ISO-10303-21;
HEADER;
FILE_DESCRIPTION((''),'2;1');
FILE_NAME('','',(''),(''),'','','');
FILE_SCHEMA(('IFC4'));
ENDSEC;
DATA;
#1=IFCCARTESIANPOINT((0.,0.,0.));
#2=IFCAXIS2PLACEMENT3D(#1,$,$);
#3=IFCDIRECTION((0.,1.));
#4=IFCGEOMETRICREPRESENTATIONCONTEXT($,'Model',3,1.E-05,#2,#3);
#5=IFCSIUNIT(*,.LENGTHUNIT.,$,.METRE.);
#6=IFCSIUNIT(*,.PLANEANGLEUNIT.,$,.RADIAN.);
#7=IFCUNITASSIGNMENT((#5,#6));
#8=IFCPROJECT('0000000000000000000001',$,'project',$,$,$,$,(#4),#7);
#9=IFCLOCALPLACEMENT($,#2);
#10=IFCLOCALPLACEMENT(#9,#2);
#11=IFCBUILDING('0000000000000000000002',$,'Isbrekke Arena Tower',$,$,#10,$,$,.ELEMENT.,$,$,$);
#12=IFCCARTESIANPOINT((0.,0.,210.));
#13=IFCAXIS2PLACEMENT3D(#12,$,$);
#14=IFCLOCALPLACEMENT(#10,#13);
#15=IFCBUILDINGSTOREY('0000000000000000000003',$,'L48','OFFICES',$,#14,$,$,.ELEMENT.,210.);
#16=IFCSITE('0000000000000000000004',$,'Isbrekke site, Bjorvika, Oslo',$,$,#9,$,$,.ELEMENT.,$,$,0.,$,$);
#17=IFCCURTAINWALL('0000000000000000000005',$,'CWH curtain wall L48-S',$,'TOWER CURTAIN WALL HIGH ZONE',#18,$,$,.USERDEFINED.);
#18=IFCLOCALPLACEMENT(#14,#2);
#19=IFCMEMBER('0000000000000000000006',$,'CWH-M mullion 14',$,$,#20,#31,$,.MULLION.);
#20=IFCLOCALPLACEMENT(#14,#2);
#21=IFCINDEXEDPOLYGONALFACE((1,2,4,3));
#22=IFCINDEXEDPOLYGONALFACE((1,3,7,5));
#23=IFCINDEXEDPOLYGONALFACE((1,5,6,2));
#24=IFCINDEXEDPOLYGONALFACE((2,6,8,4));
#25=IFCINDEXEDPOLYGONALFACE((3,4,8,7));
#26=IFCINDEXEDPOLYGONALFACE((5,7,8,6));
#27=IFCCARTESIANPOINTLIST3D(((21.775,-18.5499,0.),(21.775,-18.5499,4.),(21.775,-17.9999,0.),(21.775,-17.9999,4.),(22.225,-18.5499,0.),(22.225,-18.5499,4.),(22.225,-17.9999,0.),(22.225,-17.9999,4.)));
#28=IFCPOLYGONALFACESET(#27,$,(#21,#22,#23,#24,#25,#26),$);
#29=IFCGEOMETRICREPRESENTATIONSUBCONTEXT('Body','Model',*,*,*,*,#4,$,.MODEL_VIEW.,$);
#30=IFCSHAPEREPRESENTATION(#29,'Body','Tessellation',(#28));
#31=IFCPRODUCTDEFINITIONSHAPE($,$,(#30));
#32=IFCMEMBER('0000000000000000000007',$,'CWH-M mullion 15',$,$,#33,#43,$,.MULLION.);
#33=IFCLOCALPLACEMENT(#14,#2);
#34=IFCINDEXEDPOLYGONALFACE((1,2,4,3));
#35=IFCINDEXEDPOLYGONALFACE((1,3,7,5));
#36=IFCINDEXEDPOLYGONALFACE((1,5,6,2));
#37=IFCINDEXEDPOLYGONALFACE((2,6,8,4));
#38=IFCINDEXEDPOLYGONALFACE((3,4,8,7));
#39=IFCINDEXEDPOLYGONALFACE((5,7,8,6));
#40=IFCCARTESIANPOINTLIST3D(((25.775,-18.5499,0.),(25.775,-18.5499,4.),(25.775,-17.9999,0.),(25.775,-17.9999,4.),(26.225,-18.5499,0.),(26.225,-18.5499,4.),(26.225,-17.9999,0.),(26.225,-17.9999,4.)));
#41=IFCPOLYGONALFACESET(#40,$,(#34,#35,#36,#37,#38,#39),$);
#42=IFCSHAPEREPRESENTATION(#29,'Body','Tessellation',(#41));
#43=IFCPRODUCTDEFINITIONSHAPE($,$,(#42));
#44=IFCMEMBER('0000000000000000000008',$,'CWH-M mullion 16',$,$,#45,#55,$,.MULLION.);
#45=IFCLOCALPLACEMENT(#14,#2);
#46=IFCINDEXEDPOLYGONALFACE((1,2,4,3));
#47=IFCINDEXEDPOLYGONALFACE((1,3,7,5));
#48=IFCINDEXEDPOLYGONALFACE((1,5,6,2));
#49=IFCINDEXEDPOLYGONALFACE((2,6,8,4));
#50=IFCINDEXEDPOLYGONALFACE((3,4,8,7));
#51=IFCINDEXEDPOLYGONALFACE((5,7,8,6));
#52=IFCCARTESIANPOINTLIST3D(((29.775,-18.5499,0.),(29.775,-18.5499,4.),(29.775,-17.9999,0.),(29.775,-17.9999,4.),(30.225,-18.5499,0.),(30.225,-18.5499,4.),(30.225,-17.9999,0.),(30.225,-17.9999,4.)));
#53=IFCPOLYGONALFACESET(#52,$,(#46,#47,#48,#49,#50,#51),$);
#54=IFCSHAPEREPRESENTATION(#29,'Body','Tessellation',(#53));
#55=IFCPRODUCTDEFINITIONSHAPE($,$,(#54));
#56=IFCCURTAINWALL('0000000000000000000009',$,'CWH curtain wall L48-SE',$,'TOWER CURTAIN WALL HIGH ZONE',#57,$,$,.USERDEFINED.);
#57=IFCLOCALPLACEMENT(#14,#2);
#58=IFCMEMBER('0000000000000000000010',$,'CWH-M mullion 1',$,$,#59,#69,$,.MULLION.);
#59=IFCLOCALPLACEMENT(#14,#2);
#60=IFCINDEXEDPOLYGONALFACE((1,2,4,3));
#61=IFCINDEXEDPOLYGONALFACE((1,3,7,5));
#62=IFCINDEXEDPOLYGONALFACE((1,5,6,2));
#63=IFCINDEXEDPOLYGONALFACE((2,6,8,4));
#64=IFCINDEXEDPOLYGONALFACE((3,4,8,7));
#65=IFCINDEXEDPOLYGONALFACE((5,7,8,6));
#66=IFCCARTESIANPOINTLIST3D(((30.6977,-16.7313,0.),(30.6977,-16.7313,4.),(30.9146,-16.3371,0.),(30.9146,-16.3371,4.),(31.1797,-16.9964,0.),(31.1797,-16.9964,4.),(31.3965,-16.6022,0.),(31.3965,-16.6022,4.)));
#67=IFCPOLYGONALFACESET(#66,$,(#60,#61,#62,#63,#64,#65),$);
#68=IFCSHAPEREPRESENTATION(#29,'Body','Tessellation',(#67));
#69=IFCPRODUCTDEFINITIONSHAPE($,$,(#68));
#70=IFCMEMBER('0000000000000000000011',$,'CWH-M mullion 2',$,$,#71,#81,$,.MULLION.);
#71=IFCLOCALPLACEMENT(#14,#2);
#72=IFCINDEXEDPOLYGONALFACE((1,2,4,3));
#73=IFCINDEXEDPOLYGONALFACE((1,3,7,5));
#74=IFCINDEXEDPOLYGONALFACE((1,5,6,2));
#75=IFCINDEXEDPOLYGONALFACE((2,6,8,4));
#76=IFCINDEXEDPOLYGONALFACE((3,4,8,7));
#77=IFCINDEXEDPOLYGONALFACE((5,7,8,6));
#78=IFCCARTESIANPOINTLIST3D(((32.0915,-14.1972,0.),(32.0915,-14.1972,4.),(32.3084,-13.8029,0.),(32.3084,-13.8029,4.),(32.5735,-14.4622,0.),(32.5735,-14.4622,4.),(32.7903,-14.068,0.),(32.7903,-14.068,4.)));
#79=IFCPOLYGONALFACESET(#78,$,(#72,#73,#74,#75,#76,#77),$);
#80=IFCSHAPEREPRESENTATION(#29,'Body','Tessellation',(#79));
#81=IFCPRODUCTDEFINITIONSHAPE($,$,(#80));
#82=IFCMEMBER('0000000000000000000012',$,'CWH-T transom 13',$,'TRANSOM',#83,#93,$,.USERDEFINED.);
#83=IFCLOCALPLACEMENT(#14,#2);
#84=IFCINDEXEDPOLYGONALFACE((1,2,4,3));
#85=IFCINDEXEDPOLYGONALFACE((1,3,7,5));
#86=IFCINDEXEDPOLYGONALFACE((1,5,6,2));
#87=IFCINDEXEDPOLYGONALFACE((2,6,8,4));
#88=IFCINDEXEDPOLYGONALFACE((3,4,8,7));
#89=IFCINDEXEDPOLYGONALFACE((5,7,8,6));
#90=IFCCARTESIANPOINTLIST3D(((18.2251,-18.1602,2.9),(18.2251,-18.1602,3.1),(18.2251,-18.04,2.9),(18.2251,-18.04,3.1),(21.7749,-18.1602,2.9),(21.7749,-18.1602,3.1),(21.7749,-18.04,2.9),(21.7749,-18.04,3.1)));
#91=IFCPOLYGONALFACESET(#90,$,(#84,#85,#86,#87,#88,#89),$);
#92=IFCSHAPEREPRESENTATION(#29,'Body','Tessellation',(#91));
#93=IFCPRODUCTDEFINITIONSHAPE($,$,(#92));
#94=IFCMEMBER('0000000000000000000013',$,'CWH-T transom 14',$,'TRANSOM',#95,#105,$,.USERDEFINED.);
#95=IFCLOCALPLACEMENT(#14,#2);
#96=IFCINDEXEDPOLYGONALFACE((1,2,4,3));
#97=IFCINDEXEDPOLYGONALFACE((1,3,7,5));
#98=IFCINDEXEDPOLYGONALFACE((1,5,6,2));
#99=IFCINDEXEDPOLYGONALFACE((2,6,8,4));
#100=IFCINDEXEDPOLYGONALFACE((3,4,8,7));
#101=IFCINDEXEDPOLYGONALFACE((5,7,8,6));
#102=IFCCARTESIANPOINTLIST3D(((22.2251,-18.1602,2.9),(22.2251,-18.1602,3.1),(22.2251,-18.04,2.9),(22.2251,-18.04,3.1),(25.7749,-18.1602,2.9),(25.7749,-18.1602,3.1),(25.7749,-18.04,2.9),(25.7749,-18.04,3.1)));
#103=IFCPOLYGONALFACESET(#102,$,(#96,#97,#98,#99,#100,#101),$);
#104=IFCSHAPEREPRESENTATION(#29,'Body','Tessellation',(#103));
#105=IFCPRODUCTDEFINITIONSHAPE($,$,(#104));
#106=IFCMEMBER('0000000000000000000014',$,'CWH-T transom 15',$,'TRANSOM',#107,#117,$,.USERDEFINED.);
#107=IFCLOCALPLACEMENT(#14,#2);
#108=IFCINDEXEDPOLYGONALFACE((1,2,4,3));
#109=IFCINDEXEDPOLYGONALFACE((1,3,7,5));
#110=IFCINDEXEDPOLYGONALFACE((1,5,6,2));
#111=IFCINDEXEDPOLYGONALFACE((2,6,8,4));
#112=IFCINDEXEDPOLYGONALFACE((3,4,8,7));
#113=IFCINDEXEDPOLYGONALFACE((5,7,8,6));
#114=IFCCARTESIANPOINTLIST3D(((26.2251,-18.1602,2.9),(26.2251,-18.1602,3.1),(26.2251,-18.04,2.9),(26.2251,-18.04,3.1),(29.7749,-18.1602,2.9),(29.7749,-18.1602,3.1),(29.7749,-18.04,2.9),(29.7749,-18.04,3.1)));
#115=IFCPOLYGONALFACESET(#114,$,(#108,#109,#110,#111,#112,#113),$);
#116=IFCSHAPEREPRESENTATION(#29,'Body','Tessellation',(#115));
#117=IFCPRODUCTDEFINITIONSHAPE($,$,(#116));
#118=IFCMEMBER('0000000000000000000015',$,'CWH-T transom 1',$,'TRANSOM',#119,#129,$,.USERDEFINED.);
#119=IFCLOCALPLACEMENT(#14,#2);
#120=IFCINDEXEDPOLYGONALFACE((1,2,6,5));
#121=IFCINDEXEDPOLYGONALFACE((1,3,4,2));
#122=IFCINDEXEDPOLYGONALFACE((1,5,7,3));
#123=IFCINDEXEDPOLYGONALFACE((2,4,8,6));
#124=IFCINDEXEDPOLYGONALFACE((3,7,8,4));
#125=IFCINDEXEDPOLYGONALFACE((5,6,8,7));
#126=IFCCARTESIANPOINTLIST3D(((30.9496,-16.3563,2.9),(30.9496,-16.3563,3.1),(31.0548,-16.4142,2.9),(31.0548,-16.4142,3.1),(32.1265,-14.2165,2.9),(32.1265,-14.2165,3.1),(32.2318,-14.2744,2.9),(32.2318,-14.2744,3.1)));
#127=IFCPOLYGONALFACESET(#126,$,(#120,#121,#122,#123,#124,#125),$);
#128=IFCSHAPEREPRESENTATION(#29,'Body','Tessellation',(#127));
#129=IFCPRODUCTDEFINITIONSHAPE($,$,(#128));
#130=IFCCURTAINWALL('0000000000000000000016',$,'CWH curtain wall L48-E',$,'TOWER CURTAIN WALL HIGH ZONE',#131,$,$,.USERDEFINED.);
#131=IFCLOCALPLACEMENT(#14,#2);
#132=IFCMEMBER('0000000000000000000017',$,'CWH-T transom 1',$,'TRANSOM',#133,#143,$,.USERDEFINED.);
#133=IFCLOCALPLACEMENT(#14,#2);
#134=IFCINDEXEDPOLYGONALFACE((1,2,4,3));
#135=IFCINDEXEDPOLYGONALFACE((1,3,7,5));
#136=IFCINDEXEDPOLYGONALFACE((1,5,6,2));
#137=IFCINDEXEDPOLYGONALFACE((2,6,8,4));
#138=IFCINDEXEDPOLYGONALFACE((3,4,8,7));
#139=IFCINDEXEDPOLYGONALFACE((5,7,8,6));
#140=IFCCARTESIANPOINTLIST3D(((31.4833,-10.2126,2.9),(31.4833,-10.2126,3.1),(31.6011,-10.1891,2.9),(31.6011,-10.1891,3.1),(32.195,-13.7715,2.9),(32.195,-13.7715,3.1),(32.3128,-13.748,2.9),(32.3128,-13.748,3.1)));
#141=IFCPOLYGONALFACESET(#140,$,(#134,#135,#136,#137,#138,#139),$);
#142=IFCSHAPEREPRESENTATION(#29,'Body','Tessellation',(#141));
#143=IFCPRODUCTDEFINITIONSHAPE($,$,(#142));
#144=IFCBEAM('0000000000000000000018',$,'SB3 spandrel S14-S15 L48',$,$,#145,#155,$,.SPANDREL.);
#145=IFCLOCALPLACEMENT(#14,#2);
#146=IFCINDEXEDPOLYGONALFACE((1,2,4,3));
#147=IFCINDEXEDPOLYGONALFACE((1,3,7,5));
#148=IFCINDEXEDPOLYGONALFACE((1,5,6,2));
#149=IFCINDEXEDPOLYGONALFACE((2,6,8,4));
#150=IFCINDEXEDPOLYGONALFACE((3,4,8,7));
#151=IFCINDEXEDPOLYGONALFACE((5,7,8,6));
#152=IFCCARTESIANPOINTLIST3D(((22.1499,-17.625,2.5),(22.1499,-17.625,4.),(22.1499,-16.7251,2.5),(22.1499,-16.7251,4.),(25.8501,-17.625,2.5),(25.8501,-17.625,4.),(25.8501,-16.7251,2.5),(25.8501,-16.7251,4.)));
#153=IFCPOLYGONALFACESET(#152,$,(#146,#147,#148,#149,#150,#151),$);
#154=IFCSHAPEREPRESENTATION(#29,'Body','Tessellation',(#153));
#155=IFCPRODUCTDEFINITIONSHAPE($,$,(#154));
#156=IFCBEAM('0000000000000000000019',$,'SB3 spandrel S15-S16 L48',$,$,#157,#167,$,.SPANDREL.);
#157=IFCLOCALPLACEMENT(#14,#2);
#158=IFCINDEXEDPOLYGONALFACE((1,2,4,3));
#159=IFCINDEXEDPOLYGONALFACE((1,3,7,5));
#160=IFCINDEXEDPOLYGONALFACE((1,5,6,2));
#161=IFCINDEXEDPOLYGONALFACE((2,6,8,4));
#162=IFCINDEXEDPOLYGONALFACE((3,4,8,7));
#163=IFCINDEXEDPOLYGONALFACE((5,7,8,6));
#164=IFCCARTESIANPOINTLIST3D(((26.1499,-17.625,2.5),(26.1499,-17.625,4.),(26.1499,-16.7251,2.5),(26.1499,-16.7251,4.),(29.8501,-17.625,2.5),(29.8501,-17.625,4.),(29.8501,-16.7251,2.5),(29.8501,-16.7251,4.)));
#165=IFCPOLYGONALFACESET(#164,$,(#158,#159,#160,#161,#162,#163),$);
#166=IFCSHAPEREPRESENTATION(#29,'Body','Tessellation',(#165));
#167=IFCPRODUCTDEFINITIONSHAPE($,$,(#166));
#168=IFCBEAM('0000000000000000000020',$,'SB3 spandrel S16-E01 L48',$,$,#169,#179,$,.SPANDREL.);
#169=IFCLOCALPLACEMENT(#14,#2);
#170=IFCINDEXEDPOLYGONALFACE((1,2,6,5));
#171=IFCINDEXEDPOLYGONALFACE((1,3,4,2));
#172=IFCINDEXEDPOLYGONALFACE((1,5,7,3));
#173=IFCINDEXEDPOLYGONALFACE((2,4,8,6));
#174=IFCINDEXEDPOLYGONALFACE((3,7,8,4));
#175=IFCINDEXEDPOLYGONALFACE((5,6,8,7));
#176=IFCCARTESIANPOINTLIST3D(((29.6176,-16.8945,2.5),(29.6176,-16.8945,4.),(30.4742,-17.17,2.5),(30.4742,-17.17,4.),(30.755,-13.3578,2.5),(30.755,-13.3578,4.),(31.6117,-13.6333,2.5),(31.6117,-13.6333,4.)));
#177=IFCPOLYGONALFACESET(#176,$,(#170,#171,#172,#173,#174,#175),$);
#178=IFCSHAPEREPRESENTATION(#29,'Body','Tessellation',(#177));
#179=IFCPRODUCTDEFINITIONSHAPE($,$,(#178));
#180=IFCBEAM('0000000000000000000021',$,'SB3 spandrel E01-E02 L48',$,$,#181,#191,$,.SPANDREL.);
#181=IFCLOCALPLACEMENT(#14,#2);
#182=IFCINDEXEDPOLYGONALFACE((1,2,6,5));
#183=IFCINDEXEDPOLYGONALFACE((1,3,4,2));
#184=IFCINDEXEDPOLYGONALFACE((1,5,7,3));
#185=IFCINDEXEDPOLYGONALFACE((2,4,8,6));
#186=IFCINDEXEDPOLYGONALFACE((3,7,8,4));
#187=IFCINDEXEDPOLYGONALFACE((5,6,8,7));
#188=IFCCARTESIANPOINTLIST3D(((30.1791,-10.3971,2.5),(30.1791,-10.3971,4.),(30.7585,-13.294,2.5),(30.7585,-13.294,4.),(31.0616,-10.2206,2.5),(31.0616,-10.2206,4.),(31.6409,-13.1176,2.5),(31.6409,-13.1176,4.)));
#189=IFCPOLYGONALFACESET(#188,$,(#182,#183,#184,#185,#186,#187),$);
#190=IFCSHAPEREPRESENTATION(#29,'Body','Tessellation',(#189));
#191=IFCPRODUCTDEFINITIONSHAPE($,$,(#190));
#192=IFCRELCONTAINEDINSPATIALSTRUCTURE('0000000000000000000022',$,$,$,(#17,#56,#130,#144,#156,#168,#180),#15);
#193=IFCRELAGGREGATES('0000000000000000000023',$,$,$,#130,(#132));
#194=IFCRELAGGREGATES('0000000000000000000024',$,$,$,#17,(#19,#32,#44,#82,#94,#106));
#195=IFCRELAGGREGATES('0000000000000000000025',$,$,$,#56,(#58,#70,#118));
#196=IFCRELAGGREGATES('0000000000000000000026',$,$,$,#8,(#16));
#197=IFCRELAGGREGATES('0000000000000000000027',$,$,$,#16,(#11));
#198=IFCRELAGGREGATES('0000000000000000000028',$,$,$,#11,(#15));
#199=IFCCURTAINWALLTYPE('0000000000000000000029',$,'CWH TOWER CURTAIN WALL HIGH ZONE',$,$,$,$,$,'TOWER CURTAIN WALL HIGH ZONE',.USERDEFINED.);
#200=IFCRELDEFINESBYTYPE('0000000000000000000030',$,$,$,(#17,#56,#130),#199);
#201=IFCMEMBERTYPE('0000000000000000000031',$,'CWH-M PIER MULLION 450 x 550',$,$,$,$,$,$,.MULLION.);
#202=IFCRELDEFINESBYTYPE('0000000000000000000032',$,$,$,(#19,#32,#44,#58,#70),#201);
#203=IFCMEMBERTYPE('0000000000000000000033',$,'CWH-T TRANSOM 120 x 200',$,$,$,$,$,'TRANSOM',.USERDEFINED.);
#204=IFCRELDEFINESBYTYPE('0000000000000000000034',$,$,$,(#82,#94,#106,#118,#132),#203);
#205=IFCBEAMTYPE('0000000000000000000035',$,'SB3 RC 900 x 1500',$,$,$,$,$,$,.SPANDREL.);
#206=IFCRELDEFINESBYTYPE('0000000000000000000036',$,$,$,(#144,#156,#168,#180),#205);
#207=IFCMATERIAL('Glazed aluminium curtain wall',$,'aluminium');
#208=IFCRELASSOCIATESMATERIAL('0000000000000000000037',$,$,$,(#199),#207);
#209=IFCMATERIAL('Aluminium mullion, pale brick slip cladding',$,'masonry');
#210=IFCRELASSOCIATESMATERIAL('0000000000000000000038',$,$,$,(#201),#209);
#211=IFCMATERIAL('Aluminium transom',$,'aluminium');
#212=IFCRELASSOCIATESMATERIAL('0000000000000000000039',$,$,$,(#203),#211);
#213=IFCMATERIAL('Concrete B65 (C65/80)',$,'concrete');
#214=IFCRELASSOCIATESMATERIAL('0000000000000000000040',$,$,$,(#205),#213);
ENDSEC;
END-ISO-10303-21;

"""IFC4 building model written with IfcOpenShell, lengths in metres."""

from ifc_helpers import new_model, si_unit, direction, frame, origin, origin_2d, place, context, subcontext, project, spatial, rectangle, extrude, material, material_profile, profile_set, type_object, element, aggregate, save


model = new_model("IFC4")

# Units and contexts
model_context = context("Model", 3, precision=1e-05, world=origin(), true_north=direction((0.0, 1.0)))
body_context = subcontext(model_context, "Body", "Model", "MODEL_VIEW")
ifc_project = project(units=[si_unit("LENGTHUNIT", "METRE"), si_unit("PLANEANGLEUNIT", "RADIAN")], contexts=[model_context])

# Site, building, storey
site_placement = place(None, origin())
site = spatial("IfcSite", under=ifc_project, at=site_placement, Name="Isbrekke site, Bjorvika, Oslo", CompositionType="ELEMENT", RefElevation=0.0)
building_placement = place(site_placement, origin())
building = spatial("IfcBuilding", under=site, at=building_placement, Name="Isbrekke Arena Tower", CompositionType="ELEMENT")
storey_placement = place(building_placement, frame((0.0, 0.0, 210.0)))
storey = spatial("IfcBuildingStorey", under=building, at=storey_placement, Name="L48", Description="OFFICES", CompositionType="ELEMENT", Elevation=210.0)

# Curtain walls, members
ifc_material_1 = material(Name="Glazed aluminium curtain wall", Category="aluminium")
curtain_wall_type = type_object("IfcCurtainWallType", Name="CWH TOWER CURTAIN WALL HIGH ZONE", ElementType="TOWER CURTAIN WALL HIGH ZONE", PredefinedType="USERDEFINED", material=ifc_material_1)
curtain_wall_1_placement = place(storey_placement, origin())
curtain_wall_1 = element("IfcCurtainWall", 1, at=curtain_wall_1_placement, inside=storey, type_object=curtain_wall_type, Name="CWH curtain wall L48-S", ObjectType="TOWER CURTAIN WALL HIGH ZONE", PredefinedType="USERDEFINED")
ifc_material_2 = material(Name="Aluminium mullion, pale brick slip cladding", Category="masonry")
ifc_material_profile_1 = material_profile(ifc_material_2, rectangle(XDim=0.45, YDim=0.55, at=origin_2d()), Name="PIER 450X550")
ifc_profile_set_1 = profile_set([ifc_material_profile_1], Name="Aluminium mullion, pale brick slip cladding")
member_type_1 = type_object("IfcMemberType", Name="CWH-M PIER MULLION 450 x 550", PredefinedType="MULLION", material=ifc_profile_set_1)
member_1_placement = place(storey_placement, frame((22.0, -18.2749, 0.0), z_axis=(0.0, 0.0, 1.0), x_axis=(1.0, 0.0, 0.0)))
member_1 = element("IfcMember", 2, at=member_1_placement, type_object=member_type_1, Name="CWH-M mullion 14", PredefinedType="MULLION", context=body_context, shape_type="SweptSolid", body=[
    extrude(rectangle(XDim=0.45, YDim=0.55, at=origin_2d()), origin(), (0.0, 0.0, 1.0), 4.0),
])
member_2_placement = place(storey_placement, frame((26.0, -18.2749, 0.0), z_axis=(0.0, 0.0, 1.0), x_axis=(1.0, 0.0, 0.0)))
member_2 = element("IfcMember", 3, at=member_2_placement, type_object=member_type_1, Name="CWH-M mullion 15", PredefinedType="MULLION", context=body_context, shape_type="SweptSolid", body=[
    extrude(rectangle(XDim=0.45, YDim=0.55, at=origin_2d()), origin(), (0.0, 0.0, 1.0), 4.0),
])
member_3_placement = place(storey_placement, frame((30.0, -18.2749, 0.0), z_axis=(0.0, 0.0, 1.0), x_axis=(1.0, 0.0, 0.0)))
member_3 = element("IfcMember", 4, at=member_3_placement, type_object=member_type_1, Name="CWH-M mullion 16", PredefinedType="MULLION", context=body_context, shape_type="SweptSolid", body=[
    extrude(rectangle(XDim=0.45, YDim=0.55, at=origin_2d()), origin(), (0.0, 0.0, 1.0), 4.0),
])
curtain_wall_2_placement = place(storey_placement, origin())
curtain_wall_2 = element("IfcCurtainWall", 5, at=curtain_wall_2_placement, inside=storey, type_object=curtain_wall_type, Name="CWH curtain wall L48-SE", ObjectType="TOWER CURTAIN WALL HIGH ZONE", PredefinedType="USERDEFINED")
member_4_placement = place(storey_placement, frame((31.0471, -16.6667, 0.0), z_axis=(0.0, 0.0, 1.0), x_axis=(0.481919, 0.876216, 0.0)))
member_4 = element("IfcMember", 6, at=member_4_placement, type_object=member_type_1, Name="CWH-M mullion 1", PredefinedType="MULLION", context=body_context, shape_type="SweptSolid", body=[
    extrude(rectangle(XDim=0.45, YDim=0.55, at=origin_2d()), origin(), (0.0, 0.0, 1.0), 4.0),
])
member_5_placement = place(storey_placement, frame((32.4409, -14.1326, 0.0), z_axis=(0.0, 0.0, 1.0), x_axis=(0.481919, 0.876216, 0.0)))
member_5 = element("IfcMember", 7, at=member_5_placement, type_object=member_type_1, Name="CWH-M mullion 2", PredefinedType="MULLION", context=body_context, shape_type="SweptSolid", body=[
    extrude(rectangle(XDim=0.45, YDim=0.55, at=origin_2d()), origin(), (0.0, 0.0, 1.0), 4.0),
])

# Members
ifc_material_3 = material(Name="Aluminium transom", Category="aluminium")
ifc_material_profile_2 = material_profile(ifc_material_3, rectangle(XDim=0.1201, YDim=0.2, at=origin_2d()), Name="TRANSOM 120X200")
ifc_profile_set_2 = profile_set([ifc_material_profile_2], Name="Aluminium transom")
member_type_2 = type_object("IfcMemberType", Name="CWH-T TRANSOM 120 x 200", ElementType="TRANSOM", PredefinedType="USERDEFINED", material=ifc_profile_set_2)
member_6_placement = place(storey_placement, frame((18.2251, -18.1001, 3.0), z_axis=(1.0, 0.0, 0.0), x_axis=(0.0, 1.0, 0.0)))
member_6 = element("IfcMember", 8, at=member_6_placement, type_object=member_type_2, Name="CWH-T transom 13", ObjectType="TRANSOM", PredefinedType="USERDEFINED", context=body_context, shape_type="SweptSolid", body=[
    extrude(rectangle(XDim=0.1201, YDim=0.2, at=origin_2d()), origin(), (0.0, 0.0, 1.0), 3.5498),
])
member_7_placement = place(storey_placement, frame((22.2251, -18.1001, 3.0), z_axis=(1.0, 0.0, 0.0), x_axis=(0.0, 1.0, 0.0)))
member_7 = element("IfcMember", 9, at=member_7_placement, type_object=member_type_2, Name="CWH-T transom 14", ObjectType="TRANSOM", PredefinedType="USERDEFINED", context=body_context, shape_type="SweptSolid", body=[
    extrude(rectangle(XDim=0.1201, YDim=0.2, at=origin_2d()), origin(), (0.0, 0.0, 1.0), 3.5498),
])
member_8_placement = place(storey_placement, frame((26.2251, -18.1001, 3.0), z_axis=(1.0, 0.0, 0.0), x_axis=(0.0, 1.0, 0.0)))
member_8 = element("IfcMember", 10, at=member_8_placement, type_object=member_type_2, Name="CWH-T transom 15", ObjectType="TRANSOM", PredefinedType="USERDEFINED", context=body_context, shape_type="SweptSolid", body=[
    extrude(rectangle(XDim=0.1201, YDim=0.2, at=origin_2d()), origin(), (0.0, 0.0, 1.0), 3.5498),
])
member_9_placement = place(storey_placement, frame((31.0022, -16.3853, 3.0), z_axis=(0.481938, 0.876205, 0.0), x_axis=(-0.876205, 0.481938, 0.0)))
member_9 = element("IfcMember", 11, at=member_9_placement, type_object=member_type_2, Name="CWH-T transom 1", ObjectType="TRANSOM", PredefinedType="USERDEFINED", context=body_context, shape_type="SweptSolid", body=[
    extrude(rectangle(XDim=0.1201, YDim=0.2, at=origin_2d()), origin(), (0.0, 0.0, 1.0), 2.4421),
])

# Curtain wall, member
curtain_wall_3_placement = place(storey_placement, origin())
curtain_wall_3 = element("IfcCurtainWall", 12, at=curtain_wall_3_placement, inside=storey, type_object=curtain_wall_type, Name="CWH curtain wall L48-E", ObjectType="TOWER CURTAIN WALL HIGH ZONE", PredefinedType="USERDEFINED")
member_10_placement = place(storey_placement, frame((32.2539, -13.7598, 3.0), z_axis=(-0.19609, 0.980586, 0.0), x_axis=(-0.980586, -0.19609, 0.0)))
member_10 = element("IfcMember", 13, at=member_10_placement, type_object=member_type_2, Name="CWH-T transom 1", ObjectType="TRANSOM", PredefinedType="USERDEFINED", context=body_context, shape_type="SweptSolid", body=[
    extrude(rectangle(XDim=0.1201, YDim=0.2, at=origin_2d()), origin(), (0.0, 0.0, 1.0), 3.6294),
])
aggregate(curtain_wall_3, [member_10])

# Beams
ifc_material_4 = material(Name="Concrete B65 (C65/80)", Category="concrete")
ifc_material_profile_3 = material_profile(ifc_material_4, rectangle(XDim=0.8999, YDim=1.5, at=origin_2d()), Name="RC 900x1500")
ifc_profile_set_3 = profile_set([ifc_material_profile_3], Name="Concrete B65 (C65/80)")
beam_type_1 = type_object("IfcBeamType", Name="SB3 RC 900 x 1500", PredefinedType="SPANDREL", material=ifc_profile_set_3)
for number, where, z_axis, x_axis, name in (
    (14, (22.1499, -17.175, 3.25), (1.0, 0.0, 0.0), (0.0, 1.0, 0.0), "SB3 spandrel S14-S15 L48"),
    (15, (26.1499, -17.175, 3.25), (1.0, 0.0, 0.0), (0.0, 1.0, 0.0), "SB3 spandrel S15-S16 L48"),
):
    element("IfcBeam", number, at=place(storey_placement, frame(where, z_axis=z_axis, x_axis=x_axis)), inside=storey, type_object=beam_type_1, Name=name, PredefinedType="SPANDREL", context=body_context, shape_type="SweptSolid", body=[
        extrude(rectangle(XDim=0.8999, YDim=1.5, at=origin_2d()), origin(), (0.0, 0.0, 1.0), 3.7002),
    ])
beam_1_placement = place(storey_placement, frame((30.0459, -17.0322, 3.25), z_axis=(0.306175, 0.951975, 0.0), x_axis=(-0.951975, 0.306175, 0.0)))
element("IfcBeam", 16, at=beam_1_placement, inside=storey, type_object=beam_type_1, Name="SB3 spandrel S16-E01 L48", PredefinedType="SPANDREL", context=body_context, shape_type="SweptSolid", body=[
    extrude(rectangle(XDim=0.8999, YDim=1.5, at=origin_2d()), origin(), (0.0, 0.0, 1.0), 3.7151),
])
beam_2_placement = place(storey_placement, frame((31.1997, -13.2058, 3.25), z_axis=(-0.1961, 0.980584, 0.0), x_axis=(-0.980584, -0.1961, 0.0)))
element("IfcBeam", 17, at=beam_2_placement, inside=storey, type_object=beam_type_1, Name="SB3 spandrel E01-E02 L48", PredefinedType="SPANDREL", context=body_context, shape_type="SweptSolid", body=[
    extrude(rectangle(XDim=0.8999, YDim=1.5, at=origin_2d()), origin(), (0.0, 0.0, 1.0), 2.9543),
])

aggregate(curtain_wall_1, [member_1, member_2, member_3, member_6, member_7, member_8])
aggregate(curtain_wall_2, [member_4, member_5, member_9])

save(model, "model.ifc")
